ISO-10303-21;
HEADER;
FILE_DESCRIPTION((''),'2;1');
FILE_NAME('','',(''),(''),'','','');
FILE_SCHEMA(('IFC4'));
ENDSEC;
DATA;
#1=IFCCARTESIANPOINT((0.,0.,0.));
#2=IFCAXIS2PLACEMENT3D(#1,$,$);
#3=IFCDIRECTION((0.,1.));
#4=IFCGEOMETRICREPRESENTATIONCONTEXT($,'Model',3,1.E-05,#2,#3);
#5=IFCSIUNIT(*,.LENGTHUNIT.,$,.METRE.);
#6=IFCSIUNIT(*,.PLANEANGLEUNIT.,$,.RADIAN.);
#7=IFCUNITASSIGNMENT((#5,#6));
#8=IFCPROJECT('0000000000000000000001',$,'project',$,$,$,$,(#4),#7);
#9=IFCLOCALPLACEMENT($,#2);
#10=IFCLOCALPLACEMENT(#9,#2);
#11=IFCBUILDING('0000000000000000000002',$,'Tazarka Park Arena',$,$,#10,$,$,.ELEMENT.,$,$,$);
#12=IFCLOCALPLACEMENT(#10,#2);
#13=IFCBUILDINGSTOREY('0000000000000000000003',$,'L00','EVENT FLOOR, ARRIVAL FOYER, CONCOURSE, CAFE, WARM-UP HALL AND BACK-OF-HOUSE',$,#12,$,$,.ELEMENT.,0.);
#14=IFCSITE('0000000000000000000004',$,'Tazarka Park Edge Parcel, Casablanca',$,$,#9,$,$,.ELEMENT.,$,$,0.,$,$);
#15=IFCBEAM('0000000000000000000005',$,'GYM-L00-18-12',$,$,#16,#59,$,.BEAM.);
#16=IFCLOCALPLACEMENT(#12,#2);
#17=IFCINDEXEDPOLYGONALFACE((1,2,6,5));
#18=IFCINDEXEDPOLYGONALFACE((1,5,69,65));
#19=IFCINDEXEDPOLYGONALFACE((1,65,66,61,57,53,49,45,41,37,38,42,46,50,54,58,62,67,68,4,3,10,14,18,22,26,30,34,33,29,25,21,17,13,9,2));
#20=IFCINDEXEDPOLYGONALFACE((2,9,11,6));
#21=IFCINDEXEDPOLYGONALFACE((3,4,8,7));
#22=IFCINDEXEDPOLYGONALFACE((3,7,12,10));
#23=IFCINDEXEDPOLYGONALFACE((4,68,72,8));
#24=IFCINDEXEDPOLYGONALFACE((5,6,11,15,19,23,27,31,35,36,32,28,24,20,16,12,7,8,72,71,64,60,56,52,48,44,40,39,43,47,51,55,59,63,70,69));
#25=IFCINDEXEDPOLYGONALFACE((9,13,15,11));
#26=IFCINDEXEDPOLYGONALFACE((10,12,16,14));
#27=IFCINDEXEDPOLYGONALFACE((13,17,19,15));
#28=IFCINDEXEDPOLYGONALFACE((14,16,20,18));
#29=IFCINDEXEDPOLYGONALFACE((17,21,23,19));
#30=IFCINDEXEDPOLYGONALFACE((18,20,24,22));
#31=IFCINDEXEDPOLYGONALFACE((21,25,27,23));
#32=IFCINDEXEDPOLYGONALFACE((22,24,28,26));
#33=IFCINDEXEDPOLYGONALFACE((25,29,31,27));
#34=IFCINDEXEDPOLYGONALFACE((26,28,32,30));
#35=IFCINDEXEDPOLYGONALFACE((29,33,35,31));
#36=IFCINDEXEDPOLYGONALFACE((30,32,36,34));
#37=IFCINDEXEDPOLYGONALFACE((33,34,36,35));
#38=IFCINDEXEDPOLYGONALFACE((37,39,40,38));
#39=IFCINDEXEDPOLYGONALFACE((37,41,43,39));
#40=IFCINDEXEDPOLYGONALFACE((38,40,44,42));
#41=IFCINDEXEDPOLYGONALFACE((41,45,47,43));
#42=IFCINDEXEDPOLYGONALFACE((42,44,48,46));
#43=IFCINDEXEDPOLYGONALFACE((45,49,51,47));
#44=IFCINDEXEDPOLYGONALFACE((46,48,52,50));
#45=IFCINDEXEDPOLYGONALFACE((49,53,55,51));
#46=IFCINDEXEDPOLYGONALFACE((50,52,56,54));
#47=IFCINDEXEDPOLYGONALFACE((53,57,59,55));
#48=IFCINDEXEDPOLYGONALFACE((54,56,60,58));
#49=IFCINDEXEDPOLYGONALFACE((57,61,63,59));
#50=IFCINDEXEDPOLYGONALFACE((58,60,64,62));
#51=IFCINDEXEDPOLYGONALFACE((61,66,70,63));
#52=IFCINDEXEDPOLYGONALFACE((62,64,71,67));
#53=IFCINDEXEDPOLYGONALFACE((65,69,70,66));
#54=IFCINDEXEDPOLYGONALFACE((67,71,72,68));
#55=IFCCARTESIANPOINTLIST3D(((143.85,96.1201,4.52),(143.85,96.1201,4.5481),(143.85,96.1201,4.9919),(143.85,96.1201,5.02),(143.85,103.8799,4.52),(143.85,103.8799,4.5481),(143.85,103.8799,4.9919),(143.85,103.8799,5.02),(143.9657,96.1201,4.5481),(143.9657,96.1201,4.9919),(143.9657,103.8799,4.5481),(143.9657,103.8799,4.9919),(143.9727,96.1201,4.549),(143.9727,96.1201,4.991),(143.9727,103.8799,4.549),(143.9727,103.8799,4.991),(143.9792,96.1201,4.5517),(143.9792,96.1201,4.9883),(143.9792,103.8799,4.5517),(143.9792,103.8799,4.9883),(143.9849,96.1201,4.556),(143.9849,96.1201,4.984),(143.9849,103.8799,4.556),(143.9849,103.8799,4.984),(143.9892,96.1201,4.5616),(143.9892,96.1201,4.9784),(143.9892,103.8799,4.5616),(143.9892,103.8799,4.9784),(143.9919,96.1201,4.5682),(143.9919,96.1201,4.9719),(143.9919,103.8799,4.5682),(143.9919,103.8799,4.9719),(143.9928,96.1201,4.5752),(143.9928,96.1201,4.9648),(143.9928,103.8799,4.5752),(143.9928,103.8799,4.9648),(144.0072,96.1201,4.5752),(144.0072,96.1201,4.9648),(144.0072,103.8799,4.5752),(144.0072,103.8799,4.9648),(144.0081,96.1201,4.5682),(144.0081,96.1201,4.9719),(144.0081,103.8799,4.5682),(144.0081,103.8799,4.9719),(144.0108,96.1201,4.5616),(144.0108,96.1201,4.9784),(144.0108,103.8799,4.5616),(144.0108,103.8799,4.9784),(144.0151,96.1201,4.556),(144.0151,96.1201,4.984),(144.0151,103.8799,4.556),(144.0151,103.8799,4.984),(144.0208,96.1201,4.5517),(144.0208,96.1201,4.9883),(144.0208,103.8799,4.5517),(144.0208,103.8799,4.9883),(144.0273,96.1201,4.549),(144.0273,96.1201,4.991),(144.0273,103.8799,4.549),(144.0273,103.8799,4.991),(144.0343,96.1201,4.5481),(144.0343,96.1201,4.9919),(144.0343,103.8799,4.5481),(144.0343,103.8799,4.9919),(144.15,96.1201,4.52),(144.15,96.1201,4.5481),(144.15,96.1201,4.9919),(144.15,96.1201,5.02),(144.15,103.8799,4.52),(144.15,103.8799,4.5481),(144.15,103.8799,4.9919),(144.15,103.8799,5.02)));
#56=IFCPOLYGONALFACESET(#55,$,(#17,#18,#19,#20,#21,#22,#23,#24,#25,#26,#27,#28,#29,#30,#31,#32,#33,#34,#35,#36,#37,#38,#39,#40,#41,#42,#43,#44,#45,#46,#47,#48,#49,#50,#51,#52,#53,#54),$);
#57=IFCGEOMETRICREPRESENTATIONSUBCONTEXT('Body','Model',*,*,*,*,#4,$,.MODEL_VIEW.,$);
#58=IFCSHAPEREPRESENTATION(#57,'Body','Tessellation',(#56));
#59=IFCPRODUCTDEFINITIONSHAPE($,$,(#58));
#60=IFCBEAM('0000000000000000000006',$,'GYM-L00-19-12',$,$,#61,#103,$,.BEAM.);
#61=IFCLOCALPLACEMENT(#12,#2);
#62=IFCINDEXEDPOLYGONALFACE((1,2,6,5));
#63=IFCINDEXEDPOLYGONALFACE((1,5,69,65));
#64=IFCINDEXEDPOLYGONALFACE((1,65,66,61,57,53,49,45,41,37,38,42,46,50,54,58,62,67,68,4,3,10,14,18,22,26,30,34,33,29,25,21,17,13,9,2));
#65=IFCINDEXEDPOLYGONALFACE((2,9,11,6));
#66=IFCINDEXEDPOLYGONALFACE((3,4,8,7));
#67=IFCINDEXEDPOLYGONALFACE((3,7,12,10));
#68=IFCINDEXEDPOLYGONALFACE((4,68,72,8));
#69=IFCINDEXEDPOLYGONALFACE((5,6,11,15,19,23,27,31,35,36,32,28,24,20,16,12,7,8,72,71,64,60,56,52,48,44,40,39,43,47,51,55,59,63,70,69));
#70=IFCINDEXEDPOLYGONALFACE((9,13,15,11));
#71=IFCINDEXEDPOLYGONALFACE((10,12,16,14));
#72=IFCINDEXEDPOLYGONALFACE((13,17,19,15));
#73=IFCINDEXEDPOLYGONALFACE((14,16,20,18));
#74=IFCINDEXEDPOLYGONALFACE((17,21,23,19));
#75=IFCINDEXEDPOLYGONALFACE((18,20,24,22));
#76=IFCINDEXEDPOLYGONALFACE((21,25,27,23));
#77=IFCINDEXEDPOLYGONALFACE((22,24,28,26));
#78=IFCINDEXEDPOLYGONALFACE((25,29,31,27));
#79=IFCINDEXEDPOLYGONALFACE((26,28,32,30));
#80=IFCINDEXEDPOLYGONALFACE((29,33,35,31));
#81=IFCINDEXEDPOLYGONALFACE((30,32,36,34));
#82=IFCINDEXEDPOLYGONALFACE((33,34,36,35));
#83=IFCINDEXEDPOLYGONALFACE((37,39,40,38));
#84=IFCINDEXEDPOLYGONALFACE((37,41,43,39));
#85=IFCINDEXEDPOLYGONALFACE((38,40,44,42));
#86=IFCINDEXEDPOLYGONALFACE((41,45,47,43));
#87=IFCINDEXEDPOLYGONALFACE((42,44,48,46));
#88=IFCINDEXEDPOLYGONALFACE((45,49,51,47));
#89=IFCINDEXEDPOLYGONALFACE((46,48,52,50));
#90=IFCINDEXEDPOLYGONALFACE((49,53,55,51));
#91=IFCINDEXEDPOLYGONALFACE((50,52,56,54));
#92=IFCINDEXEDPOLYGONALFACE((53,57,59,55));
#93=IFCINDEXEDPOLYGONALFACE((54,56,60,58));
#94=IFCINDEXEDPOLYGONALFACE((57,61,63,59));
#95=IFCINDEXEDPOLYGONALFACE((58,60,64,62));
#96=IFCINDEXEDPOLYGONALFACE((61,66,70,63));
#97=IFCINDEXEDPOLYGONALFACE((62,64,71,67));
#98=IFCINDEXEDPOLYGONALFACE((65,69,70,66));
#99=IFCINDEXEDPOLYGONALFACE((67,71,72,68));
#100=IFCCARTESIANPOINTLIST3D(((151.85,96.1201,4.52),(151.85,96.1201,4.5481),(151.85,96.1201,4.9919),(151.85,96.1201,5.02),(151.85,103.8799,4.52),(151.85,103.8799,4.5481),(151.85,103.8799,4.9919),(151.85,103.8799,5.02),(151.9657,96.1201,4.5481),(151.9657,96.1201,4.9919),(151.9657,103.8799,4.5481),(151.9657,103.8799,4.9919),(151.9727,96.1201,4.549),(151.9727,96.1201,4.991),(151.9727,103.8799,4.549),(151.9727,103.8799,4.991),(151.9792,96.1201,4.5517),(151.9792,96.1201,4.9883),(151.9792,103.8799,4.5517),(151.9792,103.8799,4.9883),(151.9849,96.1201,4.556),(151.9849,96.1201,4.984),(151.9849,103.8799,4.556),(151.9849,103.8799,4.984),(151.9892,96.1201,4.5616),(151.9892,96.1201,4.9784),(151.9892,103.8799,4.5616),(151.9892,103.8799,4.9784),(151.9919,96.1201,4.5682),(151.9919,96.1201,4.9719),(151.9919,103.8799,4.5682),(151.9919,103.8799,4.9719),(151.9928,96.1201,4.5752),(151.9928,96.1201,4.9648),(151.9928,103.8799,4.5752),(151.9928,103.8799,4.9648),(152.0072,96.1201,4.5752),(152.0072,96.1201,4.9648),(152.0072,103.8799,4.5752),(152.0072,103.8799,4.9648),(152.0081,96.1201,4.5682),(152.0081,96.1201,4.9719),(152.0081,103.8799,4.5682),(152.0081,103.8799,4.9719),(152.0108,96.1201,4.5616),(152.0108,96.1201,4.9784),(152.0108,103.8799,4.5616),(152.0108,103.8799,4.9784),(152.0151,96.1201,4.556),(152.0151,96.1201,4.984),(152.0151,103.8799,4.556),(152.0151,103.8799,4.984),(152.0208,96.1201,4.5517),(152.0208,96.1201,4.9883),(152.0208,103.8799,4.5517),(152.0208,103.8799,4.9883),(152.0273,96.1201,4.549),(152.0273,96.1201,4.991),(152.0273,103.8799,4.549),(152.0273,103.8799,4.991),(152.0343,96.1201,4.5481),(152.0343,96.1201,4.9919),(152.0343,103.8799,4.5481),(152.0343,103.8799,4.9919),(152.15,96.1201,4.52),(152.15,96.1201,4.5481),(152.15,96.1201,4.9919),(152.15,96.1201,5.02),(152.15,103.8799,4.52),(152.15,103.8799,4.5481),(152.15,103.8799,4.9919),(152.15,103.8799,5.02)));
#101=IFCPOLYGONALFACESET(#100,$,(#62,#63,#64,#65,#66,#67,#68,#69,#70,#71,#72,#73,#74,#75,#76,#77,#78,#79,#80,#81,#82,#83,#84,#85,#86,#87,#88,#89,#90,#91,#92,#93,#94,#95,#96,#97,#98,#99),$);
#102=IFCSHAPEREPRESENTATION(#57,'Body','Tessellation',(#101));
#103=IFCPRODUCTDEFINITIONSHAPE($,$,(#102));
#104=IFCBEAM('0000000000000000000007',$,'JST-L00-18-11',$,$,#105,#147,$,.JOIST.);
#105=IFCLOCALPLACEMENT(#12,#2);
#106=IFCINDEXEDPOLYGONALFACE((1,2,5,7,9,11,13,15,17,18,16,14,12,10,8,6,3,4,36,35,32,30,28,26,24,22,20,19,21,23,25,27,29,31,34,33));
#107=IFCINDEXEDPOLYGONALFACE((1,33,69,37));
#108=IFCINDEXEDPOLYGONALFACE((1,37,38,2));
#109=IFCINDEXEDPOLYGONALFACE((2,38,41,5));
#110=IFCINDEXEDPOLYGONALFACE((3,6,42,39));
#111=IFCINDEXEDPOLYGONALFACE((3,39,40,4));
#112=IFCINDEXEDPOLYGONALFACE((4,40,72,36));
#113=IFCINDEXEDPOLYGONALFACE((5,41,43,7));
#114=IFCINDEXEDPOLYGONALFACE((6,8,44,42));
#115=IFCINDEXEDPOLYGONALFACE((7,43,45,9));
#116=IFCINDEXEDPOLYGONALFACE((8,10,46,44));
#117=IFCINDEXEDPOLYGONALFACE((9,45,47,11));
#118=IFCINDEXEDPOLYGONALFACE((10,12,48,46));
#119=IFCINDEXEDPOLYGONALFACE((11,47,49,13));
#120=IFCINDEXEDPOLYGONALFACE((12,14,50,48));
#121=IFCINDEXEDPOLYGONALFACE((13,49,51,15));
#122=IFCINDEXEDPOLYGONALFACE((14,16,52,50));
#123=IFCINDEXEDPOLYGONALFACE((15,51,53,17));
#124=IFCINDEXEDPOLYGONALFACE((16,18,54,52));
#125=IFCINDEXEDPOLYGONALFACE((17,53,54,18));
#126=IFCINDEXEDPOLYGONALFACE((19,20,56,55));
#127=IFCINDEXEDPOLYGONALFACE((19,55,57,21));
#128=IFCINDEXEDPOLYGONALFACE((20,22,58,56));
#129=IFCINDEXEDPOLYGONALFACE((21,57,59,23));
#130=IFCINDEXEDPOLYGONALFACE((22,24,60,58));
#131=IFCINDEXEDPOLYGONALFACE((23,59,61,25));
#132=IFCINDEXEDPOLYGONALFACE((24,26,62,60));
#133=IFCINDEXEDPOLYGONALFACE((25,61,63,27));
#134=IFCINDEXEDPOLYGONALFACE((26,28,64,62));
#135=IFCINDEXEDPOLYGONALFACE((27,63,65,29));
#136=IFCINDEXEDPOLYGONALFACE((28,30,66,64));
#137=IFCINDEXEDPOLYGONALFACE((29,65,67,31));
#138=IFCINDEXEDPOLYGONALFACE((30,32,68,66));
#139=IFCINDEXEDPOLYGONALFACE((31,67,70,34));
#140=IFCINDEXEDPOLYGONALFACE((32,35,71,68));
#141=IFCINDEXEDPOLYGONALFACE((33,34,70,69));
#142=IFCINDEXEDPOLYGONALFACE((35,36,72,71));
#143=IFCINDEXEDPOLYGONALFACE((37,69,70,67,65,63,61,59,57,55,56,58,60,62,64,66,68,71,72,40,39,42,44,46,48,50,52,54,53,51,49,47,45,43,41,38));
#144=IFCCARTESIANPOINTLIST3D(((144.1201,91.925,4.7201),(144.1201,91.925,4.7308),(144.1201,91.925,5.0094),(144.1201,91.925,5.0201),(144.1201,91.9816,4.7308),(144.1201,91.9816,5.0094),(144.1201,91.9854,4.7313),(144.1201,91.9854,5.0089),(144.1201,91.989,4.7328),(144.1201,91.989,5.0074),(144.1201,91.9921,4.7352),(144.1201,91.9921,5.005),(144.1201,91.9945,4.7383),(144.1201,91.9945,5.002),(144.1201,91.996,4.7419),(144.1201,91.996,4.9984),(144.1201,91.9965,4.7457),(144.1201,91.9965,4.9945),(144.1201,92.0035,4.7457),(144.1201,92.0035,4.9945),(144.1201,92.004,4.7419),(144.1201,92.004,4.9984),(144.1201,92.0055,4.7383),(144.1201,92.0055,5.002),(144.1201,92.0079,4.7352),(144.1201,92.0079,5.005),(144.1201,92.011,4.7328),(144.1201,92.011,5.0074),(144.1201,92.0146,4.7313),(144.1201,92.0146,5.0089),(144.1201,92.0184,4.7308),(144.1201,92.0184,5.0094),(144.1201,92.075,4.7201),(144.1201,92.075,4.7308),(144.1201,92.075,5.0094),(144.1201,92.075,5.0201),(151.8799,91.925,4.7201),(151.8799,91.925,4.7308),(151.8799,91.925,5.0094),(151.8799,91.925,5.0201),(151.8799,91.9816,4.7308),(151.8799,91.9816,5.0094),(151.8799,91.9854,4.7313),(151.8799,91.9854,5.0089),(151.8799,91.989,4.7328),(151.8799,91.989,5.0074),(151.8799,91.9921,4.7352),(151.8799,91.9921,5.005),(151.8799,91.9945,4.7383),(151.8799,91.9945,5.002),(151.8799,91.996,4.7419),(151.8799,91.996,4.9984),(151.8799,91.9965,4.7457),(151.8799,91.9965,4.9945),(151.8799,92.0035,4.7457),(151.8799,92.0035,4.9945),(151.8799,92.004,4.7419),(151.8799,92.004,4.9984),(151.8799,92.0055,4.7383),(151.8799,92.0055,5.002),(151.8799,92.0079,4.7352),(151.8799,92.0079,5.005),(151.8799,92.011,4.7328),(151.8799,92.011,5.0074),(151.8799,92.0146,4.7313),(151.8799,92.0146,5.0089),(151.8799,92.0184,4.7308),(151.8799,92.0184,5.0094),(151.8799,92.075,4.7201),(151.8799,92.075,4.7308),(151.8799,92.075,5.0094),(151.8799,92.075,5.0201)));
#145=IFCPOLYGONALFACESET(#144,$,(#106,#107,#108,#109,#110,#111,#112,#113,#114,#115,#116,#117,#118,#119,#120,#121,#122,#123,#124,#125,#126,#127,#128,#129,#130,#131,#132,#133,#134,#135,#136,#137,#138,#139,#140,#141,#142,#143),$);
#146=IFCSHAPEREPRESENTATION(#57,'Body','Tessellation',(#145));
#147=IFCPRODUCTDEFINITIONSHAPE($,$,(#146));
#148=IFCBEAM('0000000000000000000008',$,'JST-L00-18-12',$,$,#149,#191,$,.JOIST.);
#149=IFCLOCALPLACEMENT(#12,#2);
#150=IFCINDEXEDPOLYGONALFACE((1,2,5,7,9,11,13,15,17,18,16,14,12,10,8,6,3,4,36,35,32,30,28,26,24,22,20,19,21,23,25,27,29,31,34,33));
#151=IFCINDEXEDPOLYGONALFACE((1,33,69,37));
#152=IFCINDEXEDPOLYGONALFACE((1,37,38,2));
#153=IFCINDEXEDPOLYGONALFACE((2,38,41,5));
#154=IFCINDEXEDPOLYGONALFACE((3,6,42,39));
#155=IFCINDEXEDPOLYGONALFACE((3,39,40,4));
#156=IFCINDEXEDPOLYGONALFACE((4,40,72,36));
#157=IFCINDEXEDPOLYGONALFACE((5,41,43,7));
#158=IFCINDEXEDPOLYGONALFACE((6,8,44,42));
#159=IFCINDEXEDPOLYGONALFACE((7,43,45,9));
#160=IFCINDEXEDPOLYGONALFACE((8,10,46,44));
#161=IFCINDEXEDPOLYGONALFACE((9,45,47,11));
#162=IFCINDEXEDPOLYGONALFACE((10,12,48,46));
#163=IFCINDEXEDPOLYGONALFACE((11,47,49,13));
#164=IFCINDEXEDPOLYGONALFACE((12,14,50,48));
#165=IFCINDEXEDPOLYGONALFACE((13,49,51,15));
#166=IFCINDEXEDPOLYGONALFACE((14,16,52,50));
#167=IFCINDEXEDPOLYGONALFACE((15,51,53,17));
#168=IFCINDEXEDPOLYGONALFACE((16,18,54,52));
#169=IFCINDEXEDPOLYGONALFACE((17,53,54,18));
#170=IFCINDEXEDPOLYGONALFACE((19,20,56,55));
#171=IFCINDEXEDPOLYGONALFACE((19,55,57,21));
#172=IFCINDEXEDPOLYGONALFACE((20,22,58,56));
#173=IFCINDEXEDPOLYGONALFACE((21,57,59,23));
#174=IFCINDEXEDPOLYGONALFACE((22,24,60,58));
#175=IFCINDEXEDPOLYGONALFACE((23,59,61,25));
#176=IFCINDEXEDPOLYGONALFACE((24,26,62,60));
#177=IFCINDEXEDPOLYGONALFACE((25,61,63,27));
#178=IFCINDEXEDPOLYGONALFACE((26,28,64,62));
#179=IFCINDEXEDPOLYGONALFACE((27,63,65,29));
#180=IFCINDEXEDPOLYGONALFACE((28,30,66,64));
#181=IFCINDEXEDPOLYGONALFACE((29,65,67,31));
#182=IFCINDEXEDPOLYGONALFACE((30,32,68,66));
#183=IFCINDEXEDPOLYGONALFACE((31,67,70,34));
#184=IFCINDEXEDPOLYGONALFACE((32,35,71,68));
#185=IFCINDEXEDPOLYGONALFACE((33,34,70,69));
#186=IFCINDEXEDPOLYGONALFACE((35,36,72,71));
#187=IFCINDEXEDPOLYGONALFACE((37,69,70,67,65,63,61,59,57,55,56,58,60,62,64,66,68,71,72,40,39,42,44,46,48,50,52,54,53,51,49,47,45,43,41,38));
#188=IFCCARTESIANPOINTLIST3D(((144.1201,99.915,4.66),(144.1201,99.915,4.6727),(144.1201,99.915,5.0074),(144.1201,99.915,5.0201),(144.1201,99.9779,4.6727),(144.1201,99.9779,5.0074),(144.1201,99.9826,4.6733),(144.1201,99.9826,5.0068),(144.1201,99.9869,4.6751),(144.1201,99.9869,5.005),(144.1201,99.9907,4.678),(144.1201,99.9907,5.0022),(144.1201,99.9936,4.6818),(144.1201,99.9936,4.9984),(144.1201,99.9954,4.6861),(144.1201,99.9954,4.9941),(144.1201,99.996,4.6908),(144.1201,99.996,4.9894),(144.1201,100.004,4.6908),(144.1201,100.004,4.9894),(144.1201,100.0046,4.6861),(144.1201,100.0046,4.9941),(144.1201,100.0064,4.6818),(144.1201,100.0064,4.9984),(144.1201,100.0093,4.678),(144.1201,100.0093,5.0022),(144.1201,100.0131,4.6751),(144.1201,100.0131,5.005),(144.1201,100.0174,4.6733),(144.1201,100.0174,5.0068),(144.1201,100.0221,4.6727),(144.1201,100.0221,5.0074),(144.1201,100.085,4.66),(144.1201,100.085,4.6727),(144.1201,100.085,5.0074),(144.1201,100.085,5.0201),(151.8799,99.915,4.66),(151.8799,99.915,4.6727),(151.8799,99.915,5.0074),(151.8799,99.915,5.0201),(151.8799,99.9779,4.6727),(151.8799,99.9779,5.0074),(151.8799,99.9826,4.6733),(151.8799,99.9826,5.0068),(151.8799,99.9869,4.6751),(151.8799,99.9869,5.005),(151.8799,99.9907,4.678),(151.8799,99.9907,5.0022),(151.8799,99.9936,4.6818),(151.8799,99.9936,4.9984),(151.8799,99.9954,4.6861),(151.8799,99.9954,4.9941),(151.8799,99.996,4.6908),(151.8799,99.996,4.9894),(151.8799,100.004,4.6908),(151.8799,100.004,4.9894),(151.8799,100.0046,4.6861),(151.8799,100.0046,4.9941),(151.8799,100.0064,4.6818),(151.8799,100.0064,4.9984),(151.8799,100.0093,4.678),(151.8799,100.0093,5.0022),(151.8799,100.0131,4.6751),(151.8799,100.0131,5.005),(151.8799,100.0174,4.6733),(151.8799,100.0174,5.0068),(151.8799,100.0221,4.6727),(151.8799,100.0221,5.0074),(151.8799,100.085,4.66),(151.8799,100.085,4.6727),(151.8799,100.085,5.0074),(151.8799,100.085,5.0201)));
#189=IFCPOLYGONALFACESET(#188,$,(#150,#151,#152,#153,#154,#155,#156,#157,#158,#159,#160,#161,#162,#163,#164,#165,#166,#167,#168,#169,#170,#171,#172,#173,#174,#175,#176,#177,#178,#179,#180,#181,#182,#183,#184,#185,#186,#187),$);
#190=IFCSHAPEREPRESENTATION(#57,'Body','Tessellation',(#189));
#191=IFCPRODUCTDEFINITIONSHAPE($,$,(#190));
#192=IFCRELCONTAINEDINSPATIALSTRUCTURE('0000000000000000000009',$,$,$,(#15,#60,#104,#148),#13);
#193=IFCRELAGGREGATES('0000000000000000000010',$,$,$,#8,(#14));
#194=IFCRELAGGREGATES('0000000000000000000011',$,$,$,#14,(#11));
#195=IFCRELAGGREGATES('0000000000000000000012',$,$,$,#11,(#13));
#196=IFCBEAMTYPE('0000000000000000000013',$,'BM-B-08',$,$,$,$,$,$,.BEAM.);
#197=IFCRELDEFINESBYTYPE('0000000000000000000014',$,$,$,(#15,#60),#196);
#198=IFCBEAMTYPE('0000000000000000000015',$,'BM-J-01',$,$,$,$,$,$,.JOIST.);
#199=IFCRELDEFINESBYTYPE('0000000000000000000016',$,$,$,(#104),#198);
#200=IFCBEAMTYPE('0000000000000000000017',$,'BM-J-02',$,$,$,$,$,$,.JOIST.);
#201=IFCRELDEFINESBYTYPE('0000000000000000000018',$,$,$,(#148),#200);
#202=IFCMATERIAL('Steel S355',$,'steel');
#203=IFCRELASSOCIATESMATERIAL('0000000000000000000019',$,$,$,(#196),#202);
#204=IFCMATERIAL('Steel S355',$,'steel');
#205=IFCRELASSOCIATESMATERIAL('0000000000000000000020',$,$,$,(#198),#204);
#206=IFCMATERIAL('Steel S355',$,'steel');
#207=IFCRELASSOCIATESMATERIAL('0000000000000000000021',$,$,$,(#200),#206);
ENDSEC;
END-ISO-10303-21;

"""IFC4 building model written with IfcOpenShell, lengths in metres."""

from ifc_helpers import new_model, si_unit, direction, frame, origin, origin_2d, place, context, subcontext, project, spatial, i_section, extrude, material, material_profile, profile_set, type_object, element, save


model = new_model("IFC4")

# Units and contexts
model_context = context("Model", 3, precision=1e-05, world=origin(), true_north=direction((0.0, 1.0)))
body_context = subcontext(model_context, "Body", "Model", "MODEL_VIEW")
ifc_project = project(units=[si_unit("LENGTHUNIT", "METRE"), si_unit("PLANEANGLEUNIT", "RADIAN")], contexts=[model_context])

# Site, building, storey
site_placement = place(None, origin())
site = spatial("IfcSite", under=ifc_project, at=site_placement, Name="Tazarka Park Edge Parcel, Casablanca", CompositionType="ELEMENT", RefElevation=0.0)
building_placement = place(site_placement, origin())
building = spatial("IfcBuilding", under=site, at=building_placement, Name="Tazarka Park Arena", CompositionType="ELEMENT")
storey_placement = place(building_placement, origin())
storey = spatial("IfcBuildingStorey", under=building, at=storey_placement, Name="L00", Description="EVENT FLOOR, ARRIVAL FOYER, CONCOURSE, CAFE, WARM-UP HALL AND BACK-OF-HOUSE", CompositionType="ELEMENT", Elevation=0.0)

# Beams
ifc_material_1 = material(Name="Steel S355", Category="steel")
ifc_material_profile_1 = material_profile(ifc_material_1, i_section(OverallWidth=0.3, OverallDepth=0.5, WebThickness=0.0144, FlangeThickness=0.0281, FilletRadius=0.0271, at=origin_2d()), Name="Steel S355")
ifc_profile_set_1 = profile_set([ifc_material_profile_1], Name="Steel S355")
beam_type_1 = type_object("IfcBeamType", Name="BM-B-08", PredefinedType="BEAM", material=ifc_profile_set_1)
for number, where, z_axis, x_axis, name in (
    (1, (144.0, 96.1201, 4.77), (0.0, 1.0, 0.0), (-1.0, 0.0, 0.0), "GYM-L00-18-12"),
    (2, (152.0, 96.1201, 4.77), (0.0, 1.0, 0.0), (-1.0, 0.0, 0.0), "GYM-L00-19-12"),
):
    element("IfcBeam", number, at=place(storey_placement, frame(where, z_axis=z_axis, x_axis=x_axis)), inside=storey, type_object=beam_type_1, Name=name, PredefinedType="BEAM", context=body_context, shape_type="SweptSolid", body=[
        extrude(i_section(OverallWidth=0.3, OverallDepth=0.5, WebThickness=0.0144, FlangeThickness=0.0281, FilletRadius=0.0271, at=origin_2d()), origin(), (0.0, 0.0, 1.0), 7.7598),
    ])
ifc_material_2 = material(Name="Steel S355", Category="steel")
ifc_material_profile_2 = material_profile(ifc_material_2, i_section(OverallWidth=0.1499, OverallDepth=0.3, WebThickness=0.0071, FlangeThickness=0.0107, FilletRadius=0.0149, at=origin_2d()), Name="Steel S355")
ifc_profile_set_2 = profile_set([ifc_material_profile_2], Name="Steel S355")
beam_type_2 = type_object("IfcBeamType", Name="BM-J-01", PredefinedType="JOIST", material=ifc_profile_set_2)
beam_1_placement = place(storey_placement, frame((144.1201, 92.0, 4.8701), z_axis=(1.0, 0.0, 0.0), x_axis=(0.0, 1.0, 0.0)))
element("IfcBeam", 3, at=beam_1_placement, inside=storey, type_object=beam_type_2, Name="JST-L00-18-11", PredefinedType="JOIST", context=body_context, shape_type="SweptSolid", body=[
    extrude(i_section(OverallWidth=0.1499, OverallDepth=0.3, WebThickness=0.0071, FlangeThickness=0.0107, FilletRadius=0.0149, at=origin_2d()), origin(), (0.0, 0.0, 1.0), 7.7598),
])
ifc_material_3 = material(Name="Steel S355", Category="steel")
ifc_material_profile_3 = material_profile(ifc_material_3, i_section(OverallWidth=0.1699, OverallDepth=0.3601, WebThickness=0.0081, FlangeThickness=0.0127, FilletRadius=0.0181, at=origin_2d()), Name="Steel S355")
ifc_profile_set_3 = profile_set([ifc_material_profile_3], Name="Steel S355")
beam_type_3 = type_object("IfcBeamType", Name="BM-J-02", PredefinedType="JOIST", material=ifc_profile_set_3)
beam_2_placement = place(storey_placement, frame((144.1201, 100.0, 4.8401), z_axis=(1.0, 0.0, 0.0), x_axis=(0.0, 1.0, 0.0)))
element("IfcBeam", 4, at=beam_2_placement, inside=storey, type_object=beam_type_3, Name="JST-L00-18-12", PredefinedType="JOIST", context=body_context, shape_type="SweptSolid", body=[
    extrude(i_section(OverallWidth=0.1699, OverallDepth=0.3601, WebThickness=0.0081, FlangeThickness=0.0127, FilletRadius=0.0181, at=origin_2d()), origin(), (0.0, 0.0, 1.0), 7.7598),
])

save(model, "model.ifc")
